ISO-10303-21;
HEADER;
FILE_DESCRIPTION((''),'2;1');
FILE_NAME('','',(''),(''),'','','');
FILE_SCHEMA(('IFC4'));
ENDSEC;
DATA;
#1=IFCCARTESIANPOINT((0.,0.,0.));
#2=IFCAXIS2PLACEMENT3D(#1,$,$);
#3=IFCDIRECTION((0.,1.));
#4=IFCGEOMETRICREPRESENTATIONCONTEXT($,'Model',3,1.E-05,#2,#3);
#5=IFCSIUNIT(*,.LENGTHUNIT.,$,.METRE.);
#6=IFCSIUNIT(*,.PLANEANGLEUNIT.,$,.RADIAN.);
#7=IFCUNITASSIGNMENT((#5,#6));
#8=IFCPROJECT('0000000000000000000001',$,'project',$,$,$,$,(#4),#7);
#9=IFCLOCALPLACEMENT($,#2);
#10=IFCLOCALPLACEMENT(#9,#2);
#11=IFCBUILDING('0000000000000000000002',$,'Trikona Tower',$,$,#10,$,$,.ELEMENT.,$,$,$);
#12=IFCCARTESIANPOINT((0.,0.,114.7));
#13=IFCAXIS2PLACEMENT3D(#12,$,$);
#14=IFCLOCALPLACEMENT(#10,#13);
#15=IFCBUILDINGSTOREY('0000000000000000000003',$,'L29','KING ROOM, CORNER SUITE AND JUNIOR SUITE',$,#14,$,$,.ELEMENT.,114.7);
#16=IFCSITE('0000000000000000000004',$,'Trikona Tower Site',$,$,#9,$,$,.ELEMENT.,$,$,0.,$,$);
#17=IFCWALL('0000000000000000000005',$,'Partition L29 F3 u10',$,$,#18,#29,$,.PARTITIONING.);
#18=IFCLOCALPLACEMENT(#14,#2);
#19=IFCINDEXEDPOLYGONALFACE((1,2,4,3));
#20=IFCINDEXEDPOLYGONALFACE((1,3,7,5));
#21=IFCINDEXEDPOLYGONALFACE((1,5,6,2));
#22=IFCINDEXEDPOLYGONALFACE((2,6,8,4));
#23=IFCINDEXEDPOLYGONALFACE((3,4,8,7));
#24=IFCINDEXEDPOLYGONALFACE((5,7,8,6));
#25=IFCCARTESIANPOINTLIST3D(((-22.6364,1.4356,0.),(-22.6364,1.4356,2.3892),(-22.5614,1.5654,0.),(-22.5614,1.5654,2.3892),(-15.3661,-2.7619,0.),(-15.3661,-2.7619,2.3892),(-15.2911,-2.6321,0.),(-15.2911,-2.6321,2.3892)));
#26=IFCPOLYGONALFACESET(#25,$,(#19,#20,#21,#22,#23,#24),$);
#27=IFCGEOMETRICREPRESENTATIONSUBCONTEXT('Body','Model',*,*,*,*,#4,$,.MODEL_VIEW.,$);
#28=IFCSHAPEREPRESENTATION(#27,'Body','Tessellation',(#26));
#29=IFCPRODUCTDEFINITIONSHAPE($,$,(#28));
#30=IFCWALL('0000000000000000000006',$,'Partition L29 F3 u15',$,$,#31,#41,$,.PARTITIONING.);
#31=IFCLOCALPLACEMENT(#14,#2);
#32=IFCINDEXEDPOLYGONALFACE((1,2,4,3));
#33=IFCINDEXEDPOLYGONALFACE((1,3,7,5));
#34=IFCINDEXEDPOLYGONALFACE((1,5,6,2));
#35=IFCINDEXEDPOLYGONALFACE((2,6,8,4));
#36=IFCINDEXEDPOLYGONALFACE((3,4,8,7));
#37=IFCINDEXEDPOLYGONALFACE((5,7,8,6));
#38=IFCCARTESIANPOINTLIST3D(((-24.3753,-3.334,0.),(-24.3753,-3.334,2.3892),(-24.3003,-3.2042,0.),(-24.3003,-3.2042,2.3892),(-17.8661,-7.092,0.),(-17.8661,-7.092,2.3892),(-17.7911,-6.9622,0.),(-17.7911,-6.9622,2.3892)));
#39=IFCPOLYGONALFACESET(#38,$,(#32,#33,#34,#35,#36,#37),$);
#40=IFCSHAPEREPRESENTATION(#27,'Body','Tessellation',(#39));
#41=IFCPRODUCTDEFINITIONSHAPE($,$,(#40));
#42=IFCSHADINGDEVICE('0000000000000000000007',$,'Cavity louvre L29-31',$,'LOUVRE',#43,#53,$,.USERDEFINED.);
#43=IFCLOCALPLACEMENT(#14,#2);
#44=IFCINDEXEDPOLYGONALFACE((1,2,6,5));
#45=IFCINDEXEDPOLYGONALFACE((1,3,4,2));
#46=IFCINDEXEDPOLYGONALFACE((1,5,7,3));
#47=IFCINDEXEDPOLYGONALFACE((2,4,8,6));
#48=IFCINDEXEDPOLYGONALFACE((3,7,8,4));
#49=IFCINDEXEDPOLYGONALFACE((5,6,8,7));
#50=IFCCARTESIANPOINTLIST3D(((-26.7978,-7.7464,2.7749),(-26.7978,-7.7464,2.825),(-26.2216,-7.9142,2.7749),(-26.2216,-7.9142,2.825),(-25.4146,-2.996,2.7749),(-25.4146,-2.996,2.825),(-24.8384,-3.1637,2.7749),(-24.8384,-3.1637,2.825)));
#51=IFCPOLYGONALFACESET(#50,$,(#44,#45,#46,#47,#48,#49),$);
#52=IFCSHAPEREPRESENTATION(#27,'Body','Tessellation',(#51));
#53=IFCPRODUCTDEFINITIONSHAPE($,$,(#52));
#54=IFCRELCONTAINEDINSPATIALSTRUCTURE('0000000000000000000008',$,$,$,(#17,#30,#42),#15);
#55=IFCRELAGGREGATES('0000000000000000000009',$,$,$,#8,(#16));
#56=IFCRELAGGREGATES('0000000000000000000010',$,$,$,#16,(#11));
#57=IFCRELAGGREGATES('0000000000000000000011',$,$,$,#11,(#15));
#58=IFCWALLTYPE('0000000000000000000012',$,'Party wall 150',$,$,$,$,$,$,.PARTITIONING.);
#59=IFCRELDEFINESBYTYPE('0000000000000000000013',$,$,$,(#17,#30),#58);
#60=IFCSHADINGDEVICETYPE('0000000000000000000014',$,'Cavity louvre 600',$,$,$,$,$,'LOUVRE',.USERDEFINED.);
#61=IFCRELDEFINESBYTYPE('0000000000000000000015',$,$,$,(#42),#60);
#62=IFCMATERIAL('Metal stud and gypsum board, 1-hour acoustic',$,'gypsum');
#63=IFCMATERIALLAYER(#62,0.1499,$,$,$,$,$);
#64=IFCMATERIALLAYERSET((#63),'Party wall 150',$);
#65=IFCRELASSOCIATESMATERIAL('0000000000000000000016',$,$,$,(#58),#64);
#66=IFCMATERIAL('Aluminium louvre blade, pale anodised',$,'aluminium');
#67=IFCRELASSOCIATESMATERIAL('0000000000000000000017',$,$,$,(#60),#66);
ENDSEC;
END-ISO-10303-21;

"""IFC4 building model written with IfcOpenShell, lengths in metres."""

from ifc_helpers import new_model, si_unit, direction, frame, frame_2d, origin, origin_2d, place, context, subcontext, project, spatial, rectangle, extrude, material, layer, layer_set, type_object, element, save


model = new_model("IFC4")

# Units and contexts
model_context = context("Model", 3, precision=1e-05, world=origin(), true_north=direction((0.0, 1.0)))
body_context = subcontext(model_context, "Body", "Model", "MODEL_VIEW")
ifc_project = project(units=[si_unit("LENGTHUNIT", "METRE"), si_unit("PLANEANGLEUNIT", "RADIAN")], contexts=[model_context])

# Site, building, storey
site_placement = place(None, origin())
site = spatial("IfcSite", under=ifc_project, at=site_placement, Name="Trikona Tower Site", CompositionType="ELEMENT", RefElevation=0.0)
building_placement = place(site_placement, origin())
building = spatial("IfcBuilding", under=site, at=building_placement, Name="Trikona Tower", CompositionType="ELEMENT")
storey_placement = place(building_placement, frame((0.0, 0.0, 114.7)))
storey = spatial("IfcBuildingStorey", under=building, at=storey_placement, Name="L29", Description="KING ROOM, CORNER SUITE AND JUNIOR SUITE", CompositionType="ELEMENT", Elevation=114.7)

# Walls
ifc_material_1 = material(Name="Metal stud and gypsum board, 1-hour acoustic", Category="gypsum")
ifc_layer_1 = layer(ifc_material_1, 0.1499)
ifc_layer_set_1 = layer_set([ifc_layer_1], Name="Party wall 150")
wall_type_1 = type_object("IfcWallType", Name="Party wall 150", PredefinedType="PARTITIONING", material=ifc_layer_set_1)
wall_1_placement = place(storey_placement, frame((-15.3286, -2.697, 0.0), z_axis=(0.0, 0.0, 1.0), x_axis=(-0.866024, 0.500002, 0.0)))
element("IfcWall", 1, at=wall_1_placement, inside=storey, type_object=wall_type_1, Name="Partition L29 F3 u10", PredefinedType="PARTITIONING", context=body_context, shape_type="SweptSolid", body=[
    extrude(rectangle(XDim=8.395, YDim=0.1499, at=frame_2d((4.1975, 0.0))), origin(), (0.0, 0.0, 1.0), 2.3892),
])
wall_2_placement = place(storey_placement, frame((-17.8286, -7.0271, 0.0), z_axis=(0.0, 0.0, 1.0), x_axis=(-0.86603, 0.499992, 0.0)))
element("IfcWall", 2, at=wall_2_placement, inside=storey, type_object=wall_type_1, Name="Partition L29 F3 u15", PredefinedType="PARTITIONING", context=body_context, shape_type="SweptSolid", body=[
    extrude(rectangle(XDim=7.5161, YDim=0.1499, at=frame_2d((3.7581, 0.0))), origin(), (0.0, 0.0, 1.0), 2.3892),
])

# Shading device
ifc_material_2 = material(Name="Aluminium louvre blade, pale anodised", Category="aluminium")
shading_device_type = type_object("IfcShadingDeviceType", Name="Cavity louvre 600", ElementType="LOUVRE", PredefinedType="USERDEFINED", material=ifc_material_2)
shading_device_placement = place(storey_placement, frame((-25.8181, -5.4551, 2.7749), z_axis=(0.0, 0.0, 1.0), x_axis=(-0.279554, -0.96013, 0.0)))
element("IfcShadingDevice", 3, at=shading_device_placement, inside=storey, type_object=shading_device_type, Name="Cavity louvre L29-31", ObjectType="LOUVRE", PredefinedType="USERDEFINED", context=body_context, shape_type="SweptSolid", body=[
    extrude(rectangle(XDim=4.9478, YDim=0.6001, at=origin_2d()), origin(), (0.0, 0.0, 1.0), 0.05),
])

save(model, "model.ifc")
